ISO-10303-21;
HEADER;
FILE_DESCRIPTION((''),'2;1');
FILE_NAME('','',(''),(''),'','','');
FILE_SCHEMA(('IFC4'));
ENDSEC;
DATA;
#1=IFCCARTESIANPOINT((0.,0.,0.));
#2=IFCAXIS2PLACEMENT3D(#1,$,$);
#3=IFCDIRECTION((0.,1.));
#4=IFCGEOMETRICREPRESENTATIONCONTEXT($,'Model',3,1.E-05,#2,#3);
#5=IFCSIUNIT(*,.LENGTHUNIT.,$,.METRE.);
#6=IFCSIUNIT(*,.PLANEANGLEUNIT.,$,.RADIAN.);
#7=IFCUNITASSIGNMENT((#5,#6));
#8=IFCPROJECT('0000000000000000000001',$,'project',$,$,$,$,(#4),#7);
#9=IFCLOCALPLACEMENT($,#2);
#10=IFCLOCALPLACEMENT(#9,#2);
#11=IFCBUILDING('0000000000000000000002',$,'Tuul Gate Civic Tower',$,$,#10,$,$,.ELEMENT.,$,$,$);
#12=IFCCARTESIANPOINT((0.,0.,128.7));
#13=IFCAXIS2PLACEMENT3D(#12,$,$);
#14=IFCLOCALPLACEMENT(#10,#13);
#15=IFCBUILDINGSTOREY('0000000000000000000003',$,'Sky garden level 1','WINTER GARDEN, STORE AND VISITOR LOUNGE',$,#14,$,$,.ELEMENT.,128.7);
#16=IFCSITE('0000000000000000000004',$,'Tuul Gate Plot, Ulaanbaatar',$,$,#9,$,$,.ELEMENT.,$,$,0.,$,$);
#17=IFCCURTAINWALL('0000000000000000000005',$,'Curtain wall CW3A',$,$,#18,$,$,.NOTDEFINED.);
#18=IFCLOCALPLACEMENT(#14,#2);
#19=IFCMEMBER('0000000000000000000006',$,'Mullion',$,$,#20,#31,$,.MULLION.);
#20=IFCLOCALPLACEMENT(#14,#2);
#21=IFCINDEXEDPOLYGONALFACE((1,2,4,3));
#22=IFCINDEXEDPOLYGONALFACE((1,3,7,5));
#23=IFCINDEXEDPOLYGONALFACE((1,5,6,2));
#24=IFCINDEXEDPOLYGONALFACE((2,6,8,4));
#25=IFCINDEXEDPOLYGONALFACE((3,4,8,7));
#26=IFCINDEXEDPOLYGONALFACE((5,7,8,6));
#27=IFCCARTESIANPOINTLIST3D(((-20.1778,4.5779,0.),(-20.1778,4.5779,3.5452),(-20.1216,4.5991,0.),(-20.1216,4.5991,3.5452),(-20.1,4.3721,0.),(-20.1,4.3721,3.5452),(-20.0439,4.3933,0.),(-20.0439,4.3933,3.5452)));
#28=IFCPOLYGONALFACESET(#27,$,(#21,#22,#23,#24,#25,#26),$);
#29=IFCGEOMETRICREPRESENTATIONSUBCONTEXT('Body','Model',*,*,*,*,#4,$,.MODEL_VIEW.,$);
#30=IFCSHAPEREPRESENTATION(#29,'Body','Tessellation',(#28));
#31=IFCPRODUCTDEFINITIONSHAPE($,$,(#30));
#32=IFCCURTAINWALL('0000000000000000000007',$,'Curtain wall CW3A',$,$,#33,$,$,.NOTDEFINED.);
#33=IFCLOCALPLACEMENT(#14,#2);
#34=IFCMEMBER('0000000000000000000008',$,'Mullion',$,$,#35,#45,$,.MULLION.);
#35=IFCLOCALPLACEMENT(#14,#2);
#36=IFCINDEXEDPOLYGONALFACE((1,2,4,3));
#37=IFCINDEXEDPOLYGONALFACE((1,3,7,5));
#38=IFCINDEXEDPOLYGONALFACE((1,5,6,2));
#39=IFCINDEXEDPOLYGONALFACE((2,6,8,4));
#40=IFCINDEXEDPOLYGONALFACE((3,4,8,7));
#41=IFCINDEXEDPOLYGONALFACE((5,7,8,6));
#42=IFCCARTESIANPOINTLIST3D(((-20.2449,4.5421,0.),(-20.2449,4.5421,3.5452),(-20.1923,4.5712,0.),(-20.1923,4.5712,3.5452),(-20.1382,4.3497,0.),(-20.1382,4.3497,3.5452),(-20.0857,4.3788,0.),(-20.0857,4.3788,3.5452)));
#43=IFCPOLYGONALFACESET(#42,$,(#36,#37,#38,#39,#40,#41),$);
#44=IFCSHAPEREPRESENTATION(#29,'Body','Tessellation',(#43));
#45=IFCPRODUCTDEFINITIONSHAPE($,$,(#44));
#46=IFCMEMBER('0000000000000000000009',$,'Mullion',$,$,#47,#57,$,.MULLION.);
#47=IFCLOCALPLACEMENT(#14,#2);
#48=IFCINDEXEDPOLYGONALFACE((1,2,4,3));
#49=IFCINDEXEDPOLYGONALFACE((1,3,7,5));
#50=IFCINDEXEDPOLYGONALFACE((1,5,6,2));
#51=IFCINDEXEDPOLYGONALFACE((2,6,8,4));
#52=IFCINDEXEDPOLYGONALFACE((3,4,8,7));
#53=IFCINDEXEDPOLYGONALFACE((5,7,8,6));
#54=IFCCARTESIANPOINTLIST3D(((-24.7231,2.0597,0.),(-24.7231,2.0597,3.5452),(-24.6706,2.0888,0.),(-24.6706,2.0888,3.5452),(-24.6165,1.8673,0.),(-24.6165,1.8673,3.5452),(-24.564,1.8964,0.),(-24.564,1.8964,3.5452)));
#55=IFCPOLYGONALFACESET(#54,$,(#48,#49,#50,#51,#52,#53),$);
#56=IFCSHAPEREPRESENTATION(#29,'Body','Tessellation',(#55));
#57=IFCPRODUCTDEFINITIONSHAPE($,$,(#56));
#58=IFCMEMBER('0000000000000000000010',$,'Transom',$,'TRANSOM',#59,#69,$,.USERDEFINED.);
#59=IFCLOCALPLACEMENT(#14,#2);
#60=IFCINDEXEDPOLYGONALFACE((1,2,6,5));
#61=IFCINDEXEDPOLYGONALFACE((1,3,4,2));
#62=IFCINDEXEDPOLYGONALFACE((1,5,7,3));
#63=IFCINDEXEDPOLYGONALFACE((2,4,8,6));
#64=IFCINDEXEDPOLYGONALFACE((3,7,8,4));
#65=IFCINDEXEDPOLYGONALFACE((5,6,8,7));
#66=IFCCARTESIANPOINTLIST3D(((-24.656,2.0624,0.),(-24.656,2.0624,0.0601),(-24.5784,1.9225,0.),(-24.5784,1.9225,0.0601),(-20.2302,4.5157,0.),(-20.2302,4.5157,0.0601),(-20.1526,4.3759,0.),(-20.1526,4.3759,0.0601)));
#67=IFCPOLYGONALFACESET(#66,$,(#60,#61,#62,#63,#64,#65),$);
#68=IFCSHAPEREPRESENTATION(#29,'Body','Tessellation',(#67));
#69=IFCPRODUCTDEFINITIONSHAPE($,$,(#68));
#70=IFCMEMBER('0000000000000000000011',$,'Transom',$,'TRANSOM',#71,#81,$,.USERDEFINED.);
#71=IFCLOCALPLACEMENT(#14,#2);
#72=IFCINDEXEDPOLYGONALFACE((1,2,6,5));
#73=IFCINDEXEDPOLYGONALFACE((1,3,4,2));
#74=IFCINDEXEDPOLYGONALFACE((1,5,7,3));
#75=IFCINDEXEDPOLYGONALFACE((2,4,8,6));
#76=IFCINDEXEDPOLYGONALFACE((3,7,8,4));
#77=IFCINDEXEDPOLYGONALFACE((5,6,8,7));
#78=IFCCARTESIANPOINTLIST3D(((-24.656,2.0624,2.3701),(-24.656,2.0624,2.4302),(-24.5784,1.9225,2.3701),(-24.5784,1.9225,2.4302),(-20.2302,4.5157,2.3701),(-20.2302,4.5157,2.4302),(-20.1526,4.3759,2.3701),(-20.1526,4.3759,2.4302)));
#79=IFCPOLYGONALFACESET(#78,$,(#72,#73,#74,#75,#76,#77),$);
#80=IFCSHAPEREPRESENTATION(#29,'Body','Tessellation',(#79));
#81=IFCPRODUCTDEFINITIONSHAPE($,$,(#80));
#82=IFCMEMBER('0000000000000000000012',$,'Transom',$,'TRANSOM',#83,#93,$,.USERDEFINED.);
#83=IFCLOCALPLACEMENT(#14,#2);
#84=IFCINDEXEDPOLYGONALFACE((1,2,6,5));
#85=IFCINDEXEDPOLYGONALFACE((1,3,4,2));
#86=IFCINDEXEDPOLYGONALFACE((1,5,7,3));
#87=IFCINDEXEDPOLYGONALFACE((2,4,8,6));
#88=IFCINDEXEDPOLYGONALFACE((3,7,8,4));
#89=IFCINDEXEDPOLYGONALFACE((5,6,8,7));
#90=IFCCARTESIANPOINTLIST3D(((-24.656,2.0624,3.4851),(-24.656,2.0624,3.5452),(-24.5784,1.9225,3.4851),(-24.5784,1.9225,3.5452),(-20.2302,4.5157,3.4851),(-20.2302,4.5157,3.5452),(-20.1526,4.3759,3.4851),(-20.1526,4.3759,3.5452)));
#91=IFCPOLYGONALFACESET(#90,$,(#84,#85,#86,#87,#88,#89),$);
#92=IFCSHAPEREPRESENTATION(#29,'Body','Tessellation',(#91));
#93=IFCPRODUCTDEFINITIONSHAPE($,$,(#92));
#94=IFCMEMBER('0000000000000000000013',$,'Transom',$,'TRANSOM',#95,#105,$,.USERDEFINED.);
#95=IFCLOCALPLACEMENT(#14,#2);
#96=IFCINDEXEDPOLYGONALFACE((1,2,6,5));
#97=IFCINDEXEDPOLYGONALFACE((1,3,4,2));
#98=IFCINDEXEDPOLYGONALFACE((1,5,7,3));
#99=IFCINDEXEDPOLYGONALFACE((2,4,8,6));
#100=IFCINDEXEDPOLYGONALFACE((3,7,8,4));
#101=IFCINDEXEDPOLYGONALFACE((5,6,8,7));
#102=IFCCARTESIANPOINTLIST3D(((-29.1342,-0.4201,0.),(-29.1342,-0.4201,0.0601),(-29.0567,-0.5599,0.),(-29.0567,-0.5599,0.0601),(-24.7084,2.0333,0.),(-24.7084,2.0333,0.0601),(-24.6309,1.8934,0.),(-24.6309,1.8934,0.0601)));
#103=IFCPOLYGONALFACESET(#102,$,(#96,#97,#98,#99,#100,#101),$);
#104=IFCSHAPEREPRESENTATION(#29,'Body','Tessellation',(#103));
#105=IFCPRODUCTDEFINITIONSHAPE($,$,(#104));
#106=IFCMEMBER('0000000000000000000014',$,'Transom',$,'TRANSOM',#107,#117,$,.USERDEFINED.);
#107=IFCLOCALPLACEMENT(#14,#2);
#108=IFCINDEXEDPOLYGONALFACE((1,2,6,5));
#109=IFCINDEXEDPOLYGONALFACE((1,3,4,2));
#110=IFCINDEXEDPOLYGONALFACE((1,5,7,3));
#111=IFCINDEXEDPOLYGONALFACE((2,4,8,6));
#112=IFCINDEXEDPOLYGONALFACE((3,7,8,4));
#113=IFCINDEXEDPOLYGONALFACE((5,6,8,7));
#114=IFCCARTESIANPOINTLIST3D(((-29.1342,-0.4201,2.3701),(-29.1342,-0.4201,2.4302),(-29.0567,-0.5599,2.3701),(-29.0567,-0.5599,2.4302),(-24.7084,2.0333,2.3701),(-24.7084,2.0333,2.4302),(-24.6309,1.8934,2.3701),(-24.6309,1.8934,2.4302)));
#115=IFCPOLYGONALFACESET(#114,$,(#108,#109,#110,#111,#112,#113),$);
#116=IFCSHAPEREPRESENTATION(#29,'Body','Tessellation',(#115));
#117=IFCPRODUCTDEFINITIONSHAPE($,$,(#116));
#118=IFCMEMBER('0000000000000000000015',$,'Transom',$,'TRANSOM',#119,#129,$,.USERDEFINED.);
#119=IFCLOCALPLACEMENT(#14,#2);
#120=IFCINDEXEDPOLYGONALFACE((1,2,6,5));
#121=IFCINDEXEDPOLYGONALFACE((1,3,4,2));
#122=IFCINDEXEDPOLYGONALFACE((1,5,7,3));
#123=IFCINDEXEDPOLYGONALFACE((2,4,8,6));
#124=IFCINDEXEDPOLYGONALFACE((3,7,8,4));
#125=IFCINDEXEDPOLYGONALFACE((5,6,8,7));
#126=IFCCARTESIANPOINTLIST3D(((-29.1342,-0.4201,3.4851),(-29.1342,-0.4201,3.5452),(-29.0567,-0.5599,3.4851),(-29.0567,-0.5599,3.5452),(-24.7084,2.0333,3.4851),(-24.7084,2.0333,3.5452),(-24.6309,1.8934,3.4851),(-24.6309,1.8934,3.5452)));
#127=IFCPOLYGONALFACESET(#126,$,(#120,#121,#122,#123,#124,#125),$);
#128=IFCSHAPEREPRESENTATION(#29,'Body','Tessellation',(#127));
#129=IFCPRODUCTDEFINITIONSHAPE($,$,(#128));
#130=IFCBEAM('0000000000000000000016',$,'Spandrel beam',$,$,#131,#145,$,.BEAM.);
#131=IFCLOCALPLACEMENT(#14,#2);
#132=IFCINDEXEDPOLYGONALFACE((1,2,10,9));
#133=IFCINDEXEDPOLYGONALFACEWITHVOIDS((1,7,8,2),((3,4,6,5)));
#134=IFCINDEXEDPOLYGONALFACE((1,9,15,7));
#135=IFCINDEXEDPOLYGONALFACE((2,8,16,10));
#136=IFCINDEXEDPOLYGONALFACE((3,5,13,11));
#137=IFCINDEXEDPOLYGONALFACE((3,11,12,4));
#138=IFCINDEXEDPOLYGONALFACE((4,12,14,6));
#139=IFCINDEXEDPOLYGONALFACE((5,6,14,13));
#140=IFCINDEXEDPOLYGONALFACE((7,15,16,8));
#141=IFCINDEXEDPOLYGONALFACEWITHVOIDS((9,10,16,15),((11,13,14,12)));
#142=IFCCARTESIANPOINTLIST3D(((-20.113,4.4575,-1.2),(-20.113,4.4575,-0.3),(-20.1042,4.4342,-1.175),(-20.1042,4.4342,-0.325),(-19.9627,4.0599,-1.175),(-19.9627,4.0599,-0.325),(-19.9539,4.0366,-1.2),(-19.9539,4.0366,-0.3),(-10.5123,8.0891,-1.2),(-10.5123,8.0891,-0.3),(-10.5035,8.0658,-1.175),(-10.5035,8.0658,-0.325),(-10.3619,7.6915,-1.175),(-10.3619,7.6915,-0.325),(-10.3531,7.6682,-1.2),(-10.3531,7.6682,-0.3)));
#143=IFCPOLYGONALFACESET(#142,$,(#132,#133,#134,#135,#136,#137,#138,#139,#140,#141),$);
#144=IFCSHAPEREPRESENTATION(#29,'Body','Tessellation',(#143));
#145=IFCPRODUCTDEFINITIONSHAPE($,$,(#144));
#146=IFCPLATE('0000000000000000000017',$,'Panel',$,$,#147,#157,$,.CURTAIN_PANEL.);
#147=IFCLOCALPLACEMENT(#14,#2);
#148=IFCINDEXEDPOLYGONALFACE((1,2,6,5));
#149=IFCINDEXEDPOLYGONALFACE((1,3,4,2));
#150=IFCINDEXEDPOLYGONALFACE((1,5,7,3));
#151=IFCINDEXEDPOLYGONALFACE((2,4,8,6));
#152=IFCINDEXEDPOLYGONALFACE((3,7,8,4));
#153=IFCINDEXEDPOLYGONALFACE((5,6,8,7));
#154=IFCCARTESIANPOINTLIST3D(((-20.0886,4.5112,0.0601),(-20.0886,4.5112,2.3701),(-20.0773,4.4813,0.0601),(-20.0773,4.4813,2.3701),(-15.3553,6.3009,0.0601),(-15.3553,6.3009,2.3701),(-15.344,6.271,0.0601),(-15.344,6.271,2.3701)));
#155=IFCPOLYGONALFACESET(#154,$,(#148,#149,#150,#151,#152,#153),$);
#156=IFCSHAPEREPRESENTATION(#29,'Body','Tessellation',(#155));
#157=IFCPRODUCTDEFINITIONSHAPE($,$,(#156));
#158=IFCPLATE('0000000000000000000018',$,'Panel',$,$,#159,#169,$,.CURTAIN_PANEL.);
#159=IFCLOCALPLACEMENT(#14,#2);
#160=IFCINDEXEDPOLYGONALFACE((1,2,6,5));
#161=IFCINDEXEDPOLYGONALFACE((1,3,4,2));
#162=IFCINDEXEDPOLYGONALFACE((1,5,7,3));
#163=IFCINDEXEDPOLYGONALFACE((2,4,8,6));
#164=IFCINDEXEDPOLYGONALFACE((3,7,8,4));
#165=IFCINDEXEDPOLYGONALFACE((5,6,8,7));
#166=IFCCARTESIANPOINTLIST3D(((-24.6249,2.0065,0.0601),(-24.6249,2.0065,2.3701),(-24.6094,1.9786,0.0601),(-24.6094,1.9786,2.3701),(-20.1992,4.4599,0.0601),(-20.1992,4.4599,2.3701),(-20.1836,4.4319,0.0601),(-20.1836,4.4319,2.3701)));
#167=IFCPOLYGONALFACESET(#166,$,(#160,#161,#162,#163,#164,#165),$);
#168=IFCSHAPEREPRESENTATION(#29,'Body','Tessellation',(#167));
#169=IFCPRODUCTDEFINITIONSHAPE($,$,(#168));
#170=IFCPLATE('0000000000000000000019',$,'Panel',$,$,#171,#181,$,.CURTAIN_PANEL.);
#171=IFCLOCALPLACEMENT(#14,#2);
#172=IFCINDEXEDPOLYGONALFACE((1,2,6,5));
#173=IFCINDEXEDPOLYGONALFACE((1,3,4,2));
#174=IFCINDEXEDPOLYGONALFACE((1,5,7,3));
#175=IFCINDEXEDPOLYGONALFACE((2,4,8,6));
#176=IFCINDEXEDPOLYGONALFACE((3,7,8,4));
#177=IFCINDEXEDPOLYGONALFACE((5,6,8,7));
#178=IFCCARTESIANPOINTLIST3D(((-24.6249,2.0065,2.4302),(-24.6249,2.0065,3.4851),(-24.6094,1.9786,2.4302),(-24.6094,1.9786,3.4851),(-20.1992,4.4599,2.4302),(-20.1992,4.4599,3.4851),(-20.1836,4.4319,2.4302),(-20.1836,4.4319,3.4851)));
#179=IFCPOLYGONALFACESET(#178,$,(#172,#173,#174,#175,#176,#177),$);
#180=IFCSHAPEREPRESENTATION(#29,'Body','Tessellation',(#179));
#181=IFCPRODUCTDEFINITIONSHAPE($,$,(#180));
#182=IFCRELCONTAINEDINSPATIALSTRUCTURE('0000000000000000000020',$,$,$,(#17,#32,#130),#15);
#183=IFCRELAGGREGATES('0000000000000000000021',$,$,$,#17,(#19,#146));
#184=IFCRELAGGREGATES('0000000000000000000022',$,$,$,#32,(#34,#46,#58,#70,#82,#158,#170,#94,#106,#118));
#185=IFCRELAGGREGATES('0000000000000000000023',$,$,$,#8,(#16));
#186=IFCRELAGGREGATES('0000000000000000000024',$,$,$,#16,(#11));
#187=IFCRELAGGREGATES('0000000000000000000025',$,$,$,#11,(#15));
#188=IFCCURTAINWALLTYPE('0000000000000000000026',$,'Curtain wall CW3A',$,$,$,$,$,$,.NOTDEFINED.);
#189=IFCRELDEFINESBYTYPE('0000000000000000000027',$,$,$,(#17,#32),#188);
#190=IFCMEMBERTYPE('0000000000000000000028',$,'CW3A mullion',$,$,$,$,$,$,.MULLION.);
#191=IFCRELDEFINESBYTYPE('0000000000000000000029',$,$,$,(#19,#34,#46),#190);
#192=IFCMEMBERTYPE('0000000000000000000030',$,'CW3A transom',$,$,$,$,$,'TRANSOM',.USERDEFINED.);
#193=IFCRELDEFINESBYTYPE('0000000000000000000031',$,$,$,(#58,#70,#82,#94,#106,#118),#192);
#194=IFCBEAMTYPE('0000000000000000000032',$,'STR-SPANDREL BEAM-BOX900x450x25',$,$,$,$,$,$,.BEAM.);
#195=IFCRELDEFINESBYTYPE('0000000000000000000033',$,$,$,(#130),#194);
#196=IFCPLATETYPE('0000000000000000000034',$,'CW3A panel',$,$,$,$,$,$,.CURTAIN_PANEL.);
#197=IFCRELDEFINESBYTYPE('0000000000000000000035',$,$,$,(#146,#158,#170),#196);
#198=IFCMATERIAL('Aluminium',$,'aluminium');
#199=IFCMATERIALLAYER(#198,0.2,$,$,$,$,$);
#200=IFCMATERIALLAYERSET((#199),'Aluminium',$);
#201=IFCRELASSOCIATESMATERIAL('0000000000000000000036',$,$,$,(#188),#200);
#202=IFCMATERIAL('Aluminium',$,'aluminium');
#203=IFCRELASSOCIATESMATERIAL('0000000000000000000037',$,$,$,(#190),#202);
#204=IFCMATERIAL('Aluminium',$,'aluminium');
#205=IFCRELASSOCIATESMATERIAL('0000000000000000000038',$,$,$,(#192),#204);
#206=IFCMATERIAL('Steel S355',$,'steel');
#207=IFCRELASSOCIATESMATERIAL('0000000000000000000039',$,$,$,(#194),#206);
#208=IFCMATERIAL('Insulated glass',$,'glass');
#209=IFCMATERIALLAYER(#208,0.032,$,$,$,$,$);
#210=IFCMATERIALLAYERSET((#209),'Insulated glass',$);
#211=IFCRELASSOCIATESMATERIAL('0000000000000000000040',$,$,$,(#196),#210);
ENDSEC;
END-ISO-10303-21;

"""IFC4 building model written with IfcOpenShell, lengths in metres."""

from ifc_helpers import new_model, si_unit, direction, frame, origin, origin_2d, place, context, subcontext, project, spatial, rectangle, hollow_rectangle, extrude, material, layer, layer_set, material_profile, profile_set, type_object, element, aggregate, save


model = new_model("IFC4")

# Units and contexts
model_context = context("Model", 3, precision=1e-05, world=origin(), true_north=direction((0.0, 1.0)))
body_context = subcontext(model_context, "Body", "Model", "MODEL_VIEW")
ifc_project = project(units=[si_unit("LENGTHUNIT", "METRE"), si_unit("PLANEANGLEUNIT", "RADIAN")], contexts=[model_context])

# Site, building, storey
site_placement = place(None, origin())
site = spatial("IfcSite", under=ifc_project, at=site_placement, Name="Tuul Gate Plot, Ulaanbaatar", CompositionType="ELEMENT", RefElevation=0.0)
building_placement = place(site_placement, origin())
building = spatial("IfcBuilding", under=site, at=building_placement, Name="Tuul Gate Civic Tower", CompositionType="ELEMENT")
storey_placement = place(building_placement, frame((0.0, 0.0, 128.7)))
storey = spatial("IfcBuildingStorey", under=building, at=storey_placement, Name="Sky garden level 1", Description="WINTER GARDEN, STORE AND VISITOR LOUNGE", CompositionType="ELEMENT", Elevation=128.7)

# Curtain wall, member
ifc_material_1 = material(Name="Aluminium", Category="aluminium")
ifc_layer_1 = layer(ifc_material_1, 0.2)
ifc_layer_set_1 = layer_set([ifc_layer_1], Name="Aluminium")
curtain_wall_type = type_object("IfcCurtainWallType", Name="Curtain wall CW3A", PredefinedType="NOTDEFINED", material=ifc_layer_set_1)
curtain_wall_1_placement = place(storey_placement, origin())
curtain_wall_1 = element("IfcCurtainWall", 1, at=curtain_wall_1_placement, inside=storey, type_object=curtain_wall_type, Name="Curtain wall CW3A", PredefinedType="NOTDEFINED")
ifc_material_2 = material(Name="Aluminium", Category="aluminium")
ifc_material_profile_1 = material_profile(ifc_material_2, rectangle(XDim=0.22, YDim=0.0601, at=origin_2d()), Name="CW3A mullion")
ifc_profile_set_1 = profile_set([ifc_material_profile_1], Name="Aluminium")
member_type_1 = type_object("IfcMemberType", Name="CW3A mullion", PredefinedType="MULLION", material=ifc_profile_set_1)
member_1_placement = place(storey_placement, frame((-20.1108, 4.4856, 0.0), z_axis=(0.0, 0.0, 1.0), x_axis=(0.353665, -0.935372, 0.0)))
member_1 = element("IfcMember", 2, at=member_1_placement, type_object=member_type_1, Name="Mullion", PredefinedType="MULLION", context=body_context, shape_type="SweptSolid", body=[
    extrude(rectangle(XDim=0.22, YDim=0.0601, at=origin_2d()), origin(), (0.0, 0.0, 1.0), 3.5452),
])

# Curtain wall, members
curtain_wall_2_placement = place(storey_placement, origin())
curtain_wall_2 = element("IfcCurtainWall", 3, at=curtain_wall_2_placement, inside=storey, type_object=curtain_wall_type, Name="Curtain wall CW3A", PredefinedType="NOTDEFINED")
member_2_placement = place(storey_placement, frame((-20.1653, 4.4604, 0.0), z_axis=(0.0, 0.0, 1.0), x_axis=(0.484827, -0.87461, 0.0)))
member_2 = element("IfcMember", 4, at=member_2_placement, type_object=member_type_1, Name="Mullion", PredefinedType="MULLION", context=body_context, shape_type="SweptSolid", body=[
    extrude(rectangle(XDim=0.22, YDim=0.0601, at=origin_2d()), origin(), (0.0, 0.0, 1.0), 3.5452),
])
member_3_placement = place(storey_placement, frame((-24.6436, 1.978, 0.0), z_axis=(0.0, 0.0, 1.0), x_axis=(0.484827, -0.87461, 0.0)))
member_3 = element("IfcMember", 5, at=member_3_placement, type_object=member_type_1, Name="Mullion", PredefinedType="MULLION", context=body_context, shape_type="SweptSolid", body=[
    extrude(rectangle(XDim=0.22, YDim=0.0601, at=origin_2d()), origin(), (0.0, 0.0, 1.0), 3.5452),
])
ifc_material_3 = material(Name="Aluminium", Category="aluminium")
ifc_material_profile_2 = material_profile(ifc_material_3, rectangle(XDim=0.1599, YDim=0.0601, at=origin_2d()), Name="CW3A transom")
ifc_profile_set_2 = profile_set([ifc_material_profile_2], Name="Aluminium")
member_type_2 = type_object("IfcMemberType", Name="CW3A transom", ElementType="TRANSOM", PredefinedType="USERDEFINED", material=ifc_profile_set_2)
member_4_placement = place(storey_placement, frame((-20.1914, 4.4458, 0.03), z_axis=(-0.87461, -0.484828, 0.0), x_axis=(0.484828, -0.87461, 0.0)))
member_4 = element("IfcMember", 6, at=member_4_placement, type_object=member_type_2, Name="Transom", ObjectType="TRANSOM", PredefinedType="USERDEFINED", context=body_context, shape_type="SweptSolid", body=[
    extrude(rectangle(XDim=0.1599, YDim=0.0601, at=origin_2d()), origin(), (0.0, 0.0, 1.0), 5.0603),
])
member_5_placement = place(storey_placement, frame((-20.1914, 4.4458, 2.4001), z_axis=(-0.87461, -0.484828, 0.0), x_axis=(0.484828, -0.87461, 0.0)))
member_5 = element("IfcMember", 7, at=member_5_placement, type_object=member_type_2, Name="Transom", ObjectType="TRANSOM", PredefinedType="USERDEFINED", context=body_context, shape_type="SweptSolid", body=[
    extrude(rectangle(XDim=0.1599, YDim=0.0601, at=origin_2d()), origin(), (0.0, 0.0, 1.0), 5.0603),
])
member_6_placement = place(storey_placement, frame((-20.1914, 4.4458, 3.5151), z_axis=(-0.87461, -0.484828, 0.0), x_axis=(0.484828, -0.87461, 0.0)))
member_6 = element("IfcMember", 8, at=member_6_placement, type_object=member_type_2, Name="Transom", ObjectType="TRANSOM", PredefinedType="USERDEFINED", context=body_context, shape_type="SweptSolid", body=[
    extrude(rectangle(XDim=0.1599, YDim=0.0601, at=origin_2d()), origin(), (0.0, 0.0, 1.0), 5.0603),
])
member_7_placement = place(storey_placement, frame((-24.6697, 1.9634, 0.03), z_axis=(-0.87461, -0.484828, 0.0), x_axis=(0.484828, -0.87461, 0.0)))
member_7 = element("IfcMember", 9, at=member_7_placement, type_object=member_type_2, Name="Transom", ObjectType="TRANSOM", PredefinedType="USERDEFINED", context=body_context, shape_type="SweptSolid", body=[
    extrude(rectangle(XDim=0.1599, YDim=0.0601, at=origin_2d()), origin(), (0.0, 0.0, 1.0), 5.0603),
])
member_8_placement = place(storey_placement, frame((-24.6697, 1.9634, 2.4001), z_axis=(-0.87461, -0.484828, 0.0), x_axis=(0.484828, -0.87461, 0.0)))
member_8 = element("IfcMember", 10, at=member_8_placement, type_object=member_type_2, Name="Transom", ObjectType="TRANSOM", PredefinedType="USERDEFINED", context=body_context, shape_type="SweptSolid", body=[
    extrude(rectangle(XDim=0.1599, YDim=0.0601, at=origin_2d()), origin(), (0.0, 0.0, 1.0), 5.0603),
])
member_9_placement = place(storey_placement, frame((-24.6697, 1.9634, 3.5151), z_axis=(-0.87461, -0.484828, 0.0), x_axis=(0.484828, -0.87461, 0.0)))
member_9 = element("IfcMember", 11, at=member_9_placement, type_object=member_type_2, Name="Transom", ObjectType="TRANSOM", PredefinedType="USERDEFINED", context=body_context, shape_type="SweptSolid", body=[
    extrude(rectangle(XDim=0.1599, YDim=0.0601, at=origin_2d()), origin(), (0.0, 0.0, 1.0), 5.0603),
])

# Beam
ifc_material_4 = material(Name="Steel S355", Category="steel")
ifc_material_profile_3 = material_profile(ifc_material_4, hollow_rectangle(XDim=0.45, YDim=0.8999, WallThickness=0.0249, at=origin_2d()), Name="BOX900x450x25")
ifc_profile_set_3 = profile_set([ifc_material_profile_3], Name="Steel S355")
beam_type = type_object("IfcBeamType", Name="STR-SPANDREL BEAM-BOX900x450x25", PredefinedType="BEAM", material=ifc_profile_set_3)
beam_placement = place(storey_placement, frame((-20.0334, 4.2471, -0.75), z_axis=(0.935323, 0.353794, 0.0), x_axis=(-0.353794, 0.935323, 0.0)))
element("IfcBeam", 12, at=beam_placement, inside=storey, type_object=beam_type, Name="Spandrel beam", PredefinedType="BEAM", context=body_context, shape_type="SweptSolid", body=[
    extrude(hollow_rectangle(XDim=0.45, YDim=0.8999, WallThickness=0.0249, at=origin_2d()), origin(), (0.0, 0.0, 1.0), 10.2646),
])

# Plates
ifc_material_5 = material(Name="Insulated glass", Category="glass")
ifc_layer_2 = layer(ifc_material_5, 0.032)
ifc_layer_set_2 = layer_set([ifc_layer_2], Name="Insulated glass")
plate_type = type_object("IfcPlateType", Name="CW3A panel", PredefinedType="CURTAIN_PANEL", material=ifc_layer_set_2)
plate_1_placement = place(storey_placement, frame((-17.7163, 5.3911, 0.0601), z_axis=(0.0, 0.0, 1.0), x_axis=(-0.935372, -0.353665, 0.0)))
plate_1 = element("IfcPlate", 13, at=plate_1_placement, type_object=plate_type, Name="Panel", PredefinedType="CURTAIN_PANEL", context=body_context, shape_type="SweptSolid", body=[
    extrude(rectangle(XDim=5.0603, YDim=0.032, at=origin_2d()), origin(), (0.0, 0.0, 1.0), 2.3101),
])
aggregate(curtain_wall_1, [member_1, plate_1])
plate_2_placement = place(storey_placement, frame((-22.4043, 3.2192, 0.0601), z_axis=(0.0, 0.0, 1.0), x_axis=(-0.87461, -0.484827, 0.0)))
plate_2 = element("IfcPlate", 14, at=plate_2_placement, type_object=plate_type, Name="Panel", PredefinedType="CURTAIN_PANEL", context=body_context, shape_type="SweptSolid", body=[
    extrude(rectangle(XDim=5.0603, YDim=0.032, at=origin_2d()), origin(), (0.0, 0.0, 1.0), 2.3101),
])
plate_3_placement = place(storey_placement, frame((-22.4043, 3.2192, 2.4302), z_axis=(0.0, 0.0, 1.0), x_axis=(-0.87461, -0.484827, 0.0)))
plate_3 = element("IfcPlate", 15, at=plate_3_placement, type_object=plate_type, Name="Panel", PredefinedType="CURTAIN_PANEL", context=body_context, shape_type="SweptSolid", body=[
    extrude(rectangle(XDim=5.0603, YDim=0.032, at=origin_2d()), origin(), (0.0, 0.0, 1.0), 1.0549),
])
aggregate(curtain_wall_2, [member_2, member_3, member_4, member_5, member_6, plate_2, plate_3, member_7, member_8, member_9])

save(model, "model.ifc")
